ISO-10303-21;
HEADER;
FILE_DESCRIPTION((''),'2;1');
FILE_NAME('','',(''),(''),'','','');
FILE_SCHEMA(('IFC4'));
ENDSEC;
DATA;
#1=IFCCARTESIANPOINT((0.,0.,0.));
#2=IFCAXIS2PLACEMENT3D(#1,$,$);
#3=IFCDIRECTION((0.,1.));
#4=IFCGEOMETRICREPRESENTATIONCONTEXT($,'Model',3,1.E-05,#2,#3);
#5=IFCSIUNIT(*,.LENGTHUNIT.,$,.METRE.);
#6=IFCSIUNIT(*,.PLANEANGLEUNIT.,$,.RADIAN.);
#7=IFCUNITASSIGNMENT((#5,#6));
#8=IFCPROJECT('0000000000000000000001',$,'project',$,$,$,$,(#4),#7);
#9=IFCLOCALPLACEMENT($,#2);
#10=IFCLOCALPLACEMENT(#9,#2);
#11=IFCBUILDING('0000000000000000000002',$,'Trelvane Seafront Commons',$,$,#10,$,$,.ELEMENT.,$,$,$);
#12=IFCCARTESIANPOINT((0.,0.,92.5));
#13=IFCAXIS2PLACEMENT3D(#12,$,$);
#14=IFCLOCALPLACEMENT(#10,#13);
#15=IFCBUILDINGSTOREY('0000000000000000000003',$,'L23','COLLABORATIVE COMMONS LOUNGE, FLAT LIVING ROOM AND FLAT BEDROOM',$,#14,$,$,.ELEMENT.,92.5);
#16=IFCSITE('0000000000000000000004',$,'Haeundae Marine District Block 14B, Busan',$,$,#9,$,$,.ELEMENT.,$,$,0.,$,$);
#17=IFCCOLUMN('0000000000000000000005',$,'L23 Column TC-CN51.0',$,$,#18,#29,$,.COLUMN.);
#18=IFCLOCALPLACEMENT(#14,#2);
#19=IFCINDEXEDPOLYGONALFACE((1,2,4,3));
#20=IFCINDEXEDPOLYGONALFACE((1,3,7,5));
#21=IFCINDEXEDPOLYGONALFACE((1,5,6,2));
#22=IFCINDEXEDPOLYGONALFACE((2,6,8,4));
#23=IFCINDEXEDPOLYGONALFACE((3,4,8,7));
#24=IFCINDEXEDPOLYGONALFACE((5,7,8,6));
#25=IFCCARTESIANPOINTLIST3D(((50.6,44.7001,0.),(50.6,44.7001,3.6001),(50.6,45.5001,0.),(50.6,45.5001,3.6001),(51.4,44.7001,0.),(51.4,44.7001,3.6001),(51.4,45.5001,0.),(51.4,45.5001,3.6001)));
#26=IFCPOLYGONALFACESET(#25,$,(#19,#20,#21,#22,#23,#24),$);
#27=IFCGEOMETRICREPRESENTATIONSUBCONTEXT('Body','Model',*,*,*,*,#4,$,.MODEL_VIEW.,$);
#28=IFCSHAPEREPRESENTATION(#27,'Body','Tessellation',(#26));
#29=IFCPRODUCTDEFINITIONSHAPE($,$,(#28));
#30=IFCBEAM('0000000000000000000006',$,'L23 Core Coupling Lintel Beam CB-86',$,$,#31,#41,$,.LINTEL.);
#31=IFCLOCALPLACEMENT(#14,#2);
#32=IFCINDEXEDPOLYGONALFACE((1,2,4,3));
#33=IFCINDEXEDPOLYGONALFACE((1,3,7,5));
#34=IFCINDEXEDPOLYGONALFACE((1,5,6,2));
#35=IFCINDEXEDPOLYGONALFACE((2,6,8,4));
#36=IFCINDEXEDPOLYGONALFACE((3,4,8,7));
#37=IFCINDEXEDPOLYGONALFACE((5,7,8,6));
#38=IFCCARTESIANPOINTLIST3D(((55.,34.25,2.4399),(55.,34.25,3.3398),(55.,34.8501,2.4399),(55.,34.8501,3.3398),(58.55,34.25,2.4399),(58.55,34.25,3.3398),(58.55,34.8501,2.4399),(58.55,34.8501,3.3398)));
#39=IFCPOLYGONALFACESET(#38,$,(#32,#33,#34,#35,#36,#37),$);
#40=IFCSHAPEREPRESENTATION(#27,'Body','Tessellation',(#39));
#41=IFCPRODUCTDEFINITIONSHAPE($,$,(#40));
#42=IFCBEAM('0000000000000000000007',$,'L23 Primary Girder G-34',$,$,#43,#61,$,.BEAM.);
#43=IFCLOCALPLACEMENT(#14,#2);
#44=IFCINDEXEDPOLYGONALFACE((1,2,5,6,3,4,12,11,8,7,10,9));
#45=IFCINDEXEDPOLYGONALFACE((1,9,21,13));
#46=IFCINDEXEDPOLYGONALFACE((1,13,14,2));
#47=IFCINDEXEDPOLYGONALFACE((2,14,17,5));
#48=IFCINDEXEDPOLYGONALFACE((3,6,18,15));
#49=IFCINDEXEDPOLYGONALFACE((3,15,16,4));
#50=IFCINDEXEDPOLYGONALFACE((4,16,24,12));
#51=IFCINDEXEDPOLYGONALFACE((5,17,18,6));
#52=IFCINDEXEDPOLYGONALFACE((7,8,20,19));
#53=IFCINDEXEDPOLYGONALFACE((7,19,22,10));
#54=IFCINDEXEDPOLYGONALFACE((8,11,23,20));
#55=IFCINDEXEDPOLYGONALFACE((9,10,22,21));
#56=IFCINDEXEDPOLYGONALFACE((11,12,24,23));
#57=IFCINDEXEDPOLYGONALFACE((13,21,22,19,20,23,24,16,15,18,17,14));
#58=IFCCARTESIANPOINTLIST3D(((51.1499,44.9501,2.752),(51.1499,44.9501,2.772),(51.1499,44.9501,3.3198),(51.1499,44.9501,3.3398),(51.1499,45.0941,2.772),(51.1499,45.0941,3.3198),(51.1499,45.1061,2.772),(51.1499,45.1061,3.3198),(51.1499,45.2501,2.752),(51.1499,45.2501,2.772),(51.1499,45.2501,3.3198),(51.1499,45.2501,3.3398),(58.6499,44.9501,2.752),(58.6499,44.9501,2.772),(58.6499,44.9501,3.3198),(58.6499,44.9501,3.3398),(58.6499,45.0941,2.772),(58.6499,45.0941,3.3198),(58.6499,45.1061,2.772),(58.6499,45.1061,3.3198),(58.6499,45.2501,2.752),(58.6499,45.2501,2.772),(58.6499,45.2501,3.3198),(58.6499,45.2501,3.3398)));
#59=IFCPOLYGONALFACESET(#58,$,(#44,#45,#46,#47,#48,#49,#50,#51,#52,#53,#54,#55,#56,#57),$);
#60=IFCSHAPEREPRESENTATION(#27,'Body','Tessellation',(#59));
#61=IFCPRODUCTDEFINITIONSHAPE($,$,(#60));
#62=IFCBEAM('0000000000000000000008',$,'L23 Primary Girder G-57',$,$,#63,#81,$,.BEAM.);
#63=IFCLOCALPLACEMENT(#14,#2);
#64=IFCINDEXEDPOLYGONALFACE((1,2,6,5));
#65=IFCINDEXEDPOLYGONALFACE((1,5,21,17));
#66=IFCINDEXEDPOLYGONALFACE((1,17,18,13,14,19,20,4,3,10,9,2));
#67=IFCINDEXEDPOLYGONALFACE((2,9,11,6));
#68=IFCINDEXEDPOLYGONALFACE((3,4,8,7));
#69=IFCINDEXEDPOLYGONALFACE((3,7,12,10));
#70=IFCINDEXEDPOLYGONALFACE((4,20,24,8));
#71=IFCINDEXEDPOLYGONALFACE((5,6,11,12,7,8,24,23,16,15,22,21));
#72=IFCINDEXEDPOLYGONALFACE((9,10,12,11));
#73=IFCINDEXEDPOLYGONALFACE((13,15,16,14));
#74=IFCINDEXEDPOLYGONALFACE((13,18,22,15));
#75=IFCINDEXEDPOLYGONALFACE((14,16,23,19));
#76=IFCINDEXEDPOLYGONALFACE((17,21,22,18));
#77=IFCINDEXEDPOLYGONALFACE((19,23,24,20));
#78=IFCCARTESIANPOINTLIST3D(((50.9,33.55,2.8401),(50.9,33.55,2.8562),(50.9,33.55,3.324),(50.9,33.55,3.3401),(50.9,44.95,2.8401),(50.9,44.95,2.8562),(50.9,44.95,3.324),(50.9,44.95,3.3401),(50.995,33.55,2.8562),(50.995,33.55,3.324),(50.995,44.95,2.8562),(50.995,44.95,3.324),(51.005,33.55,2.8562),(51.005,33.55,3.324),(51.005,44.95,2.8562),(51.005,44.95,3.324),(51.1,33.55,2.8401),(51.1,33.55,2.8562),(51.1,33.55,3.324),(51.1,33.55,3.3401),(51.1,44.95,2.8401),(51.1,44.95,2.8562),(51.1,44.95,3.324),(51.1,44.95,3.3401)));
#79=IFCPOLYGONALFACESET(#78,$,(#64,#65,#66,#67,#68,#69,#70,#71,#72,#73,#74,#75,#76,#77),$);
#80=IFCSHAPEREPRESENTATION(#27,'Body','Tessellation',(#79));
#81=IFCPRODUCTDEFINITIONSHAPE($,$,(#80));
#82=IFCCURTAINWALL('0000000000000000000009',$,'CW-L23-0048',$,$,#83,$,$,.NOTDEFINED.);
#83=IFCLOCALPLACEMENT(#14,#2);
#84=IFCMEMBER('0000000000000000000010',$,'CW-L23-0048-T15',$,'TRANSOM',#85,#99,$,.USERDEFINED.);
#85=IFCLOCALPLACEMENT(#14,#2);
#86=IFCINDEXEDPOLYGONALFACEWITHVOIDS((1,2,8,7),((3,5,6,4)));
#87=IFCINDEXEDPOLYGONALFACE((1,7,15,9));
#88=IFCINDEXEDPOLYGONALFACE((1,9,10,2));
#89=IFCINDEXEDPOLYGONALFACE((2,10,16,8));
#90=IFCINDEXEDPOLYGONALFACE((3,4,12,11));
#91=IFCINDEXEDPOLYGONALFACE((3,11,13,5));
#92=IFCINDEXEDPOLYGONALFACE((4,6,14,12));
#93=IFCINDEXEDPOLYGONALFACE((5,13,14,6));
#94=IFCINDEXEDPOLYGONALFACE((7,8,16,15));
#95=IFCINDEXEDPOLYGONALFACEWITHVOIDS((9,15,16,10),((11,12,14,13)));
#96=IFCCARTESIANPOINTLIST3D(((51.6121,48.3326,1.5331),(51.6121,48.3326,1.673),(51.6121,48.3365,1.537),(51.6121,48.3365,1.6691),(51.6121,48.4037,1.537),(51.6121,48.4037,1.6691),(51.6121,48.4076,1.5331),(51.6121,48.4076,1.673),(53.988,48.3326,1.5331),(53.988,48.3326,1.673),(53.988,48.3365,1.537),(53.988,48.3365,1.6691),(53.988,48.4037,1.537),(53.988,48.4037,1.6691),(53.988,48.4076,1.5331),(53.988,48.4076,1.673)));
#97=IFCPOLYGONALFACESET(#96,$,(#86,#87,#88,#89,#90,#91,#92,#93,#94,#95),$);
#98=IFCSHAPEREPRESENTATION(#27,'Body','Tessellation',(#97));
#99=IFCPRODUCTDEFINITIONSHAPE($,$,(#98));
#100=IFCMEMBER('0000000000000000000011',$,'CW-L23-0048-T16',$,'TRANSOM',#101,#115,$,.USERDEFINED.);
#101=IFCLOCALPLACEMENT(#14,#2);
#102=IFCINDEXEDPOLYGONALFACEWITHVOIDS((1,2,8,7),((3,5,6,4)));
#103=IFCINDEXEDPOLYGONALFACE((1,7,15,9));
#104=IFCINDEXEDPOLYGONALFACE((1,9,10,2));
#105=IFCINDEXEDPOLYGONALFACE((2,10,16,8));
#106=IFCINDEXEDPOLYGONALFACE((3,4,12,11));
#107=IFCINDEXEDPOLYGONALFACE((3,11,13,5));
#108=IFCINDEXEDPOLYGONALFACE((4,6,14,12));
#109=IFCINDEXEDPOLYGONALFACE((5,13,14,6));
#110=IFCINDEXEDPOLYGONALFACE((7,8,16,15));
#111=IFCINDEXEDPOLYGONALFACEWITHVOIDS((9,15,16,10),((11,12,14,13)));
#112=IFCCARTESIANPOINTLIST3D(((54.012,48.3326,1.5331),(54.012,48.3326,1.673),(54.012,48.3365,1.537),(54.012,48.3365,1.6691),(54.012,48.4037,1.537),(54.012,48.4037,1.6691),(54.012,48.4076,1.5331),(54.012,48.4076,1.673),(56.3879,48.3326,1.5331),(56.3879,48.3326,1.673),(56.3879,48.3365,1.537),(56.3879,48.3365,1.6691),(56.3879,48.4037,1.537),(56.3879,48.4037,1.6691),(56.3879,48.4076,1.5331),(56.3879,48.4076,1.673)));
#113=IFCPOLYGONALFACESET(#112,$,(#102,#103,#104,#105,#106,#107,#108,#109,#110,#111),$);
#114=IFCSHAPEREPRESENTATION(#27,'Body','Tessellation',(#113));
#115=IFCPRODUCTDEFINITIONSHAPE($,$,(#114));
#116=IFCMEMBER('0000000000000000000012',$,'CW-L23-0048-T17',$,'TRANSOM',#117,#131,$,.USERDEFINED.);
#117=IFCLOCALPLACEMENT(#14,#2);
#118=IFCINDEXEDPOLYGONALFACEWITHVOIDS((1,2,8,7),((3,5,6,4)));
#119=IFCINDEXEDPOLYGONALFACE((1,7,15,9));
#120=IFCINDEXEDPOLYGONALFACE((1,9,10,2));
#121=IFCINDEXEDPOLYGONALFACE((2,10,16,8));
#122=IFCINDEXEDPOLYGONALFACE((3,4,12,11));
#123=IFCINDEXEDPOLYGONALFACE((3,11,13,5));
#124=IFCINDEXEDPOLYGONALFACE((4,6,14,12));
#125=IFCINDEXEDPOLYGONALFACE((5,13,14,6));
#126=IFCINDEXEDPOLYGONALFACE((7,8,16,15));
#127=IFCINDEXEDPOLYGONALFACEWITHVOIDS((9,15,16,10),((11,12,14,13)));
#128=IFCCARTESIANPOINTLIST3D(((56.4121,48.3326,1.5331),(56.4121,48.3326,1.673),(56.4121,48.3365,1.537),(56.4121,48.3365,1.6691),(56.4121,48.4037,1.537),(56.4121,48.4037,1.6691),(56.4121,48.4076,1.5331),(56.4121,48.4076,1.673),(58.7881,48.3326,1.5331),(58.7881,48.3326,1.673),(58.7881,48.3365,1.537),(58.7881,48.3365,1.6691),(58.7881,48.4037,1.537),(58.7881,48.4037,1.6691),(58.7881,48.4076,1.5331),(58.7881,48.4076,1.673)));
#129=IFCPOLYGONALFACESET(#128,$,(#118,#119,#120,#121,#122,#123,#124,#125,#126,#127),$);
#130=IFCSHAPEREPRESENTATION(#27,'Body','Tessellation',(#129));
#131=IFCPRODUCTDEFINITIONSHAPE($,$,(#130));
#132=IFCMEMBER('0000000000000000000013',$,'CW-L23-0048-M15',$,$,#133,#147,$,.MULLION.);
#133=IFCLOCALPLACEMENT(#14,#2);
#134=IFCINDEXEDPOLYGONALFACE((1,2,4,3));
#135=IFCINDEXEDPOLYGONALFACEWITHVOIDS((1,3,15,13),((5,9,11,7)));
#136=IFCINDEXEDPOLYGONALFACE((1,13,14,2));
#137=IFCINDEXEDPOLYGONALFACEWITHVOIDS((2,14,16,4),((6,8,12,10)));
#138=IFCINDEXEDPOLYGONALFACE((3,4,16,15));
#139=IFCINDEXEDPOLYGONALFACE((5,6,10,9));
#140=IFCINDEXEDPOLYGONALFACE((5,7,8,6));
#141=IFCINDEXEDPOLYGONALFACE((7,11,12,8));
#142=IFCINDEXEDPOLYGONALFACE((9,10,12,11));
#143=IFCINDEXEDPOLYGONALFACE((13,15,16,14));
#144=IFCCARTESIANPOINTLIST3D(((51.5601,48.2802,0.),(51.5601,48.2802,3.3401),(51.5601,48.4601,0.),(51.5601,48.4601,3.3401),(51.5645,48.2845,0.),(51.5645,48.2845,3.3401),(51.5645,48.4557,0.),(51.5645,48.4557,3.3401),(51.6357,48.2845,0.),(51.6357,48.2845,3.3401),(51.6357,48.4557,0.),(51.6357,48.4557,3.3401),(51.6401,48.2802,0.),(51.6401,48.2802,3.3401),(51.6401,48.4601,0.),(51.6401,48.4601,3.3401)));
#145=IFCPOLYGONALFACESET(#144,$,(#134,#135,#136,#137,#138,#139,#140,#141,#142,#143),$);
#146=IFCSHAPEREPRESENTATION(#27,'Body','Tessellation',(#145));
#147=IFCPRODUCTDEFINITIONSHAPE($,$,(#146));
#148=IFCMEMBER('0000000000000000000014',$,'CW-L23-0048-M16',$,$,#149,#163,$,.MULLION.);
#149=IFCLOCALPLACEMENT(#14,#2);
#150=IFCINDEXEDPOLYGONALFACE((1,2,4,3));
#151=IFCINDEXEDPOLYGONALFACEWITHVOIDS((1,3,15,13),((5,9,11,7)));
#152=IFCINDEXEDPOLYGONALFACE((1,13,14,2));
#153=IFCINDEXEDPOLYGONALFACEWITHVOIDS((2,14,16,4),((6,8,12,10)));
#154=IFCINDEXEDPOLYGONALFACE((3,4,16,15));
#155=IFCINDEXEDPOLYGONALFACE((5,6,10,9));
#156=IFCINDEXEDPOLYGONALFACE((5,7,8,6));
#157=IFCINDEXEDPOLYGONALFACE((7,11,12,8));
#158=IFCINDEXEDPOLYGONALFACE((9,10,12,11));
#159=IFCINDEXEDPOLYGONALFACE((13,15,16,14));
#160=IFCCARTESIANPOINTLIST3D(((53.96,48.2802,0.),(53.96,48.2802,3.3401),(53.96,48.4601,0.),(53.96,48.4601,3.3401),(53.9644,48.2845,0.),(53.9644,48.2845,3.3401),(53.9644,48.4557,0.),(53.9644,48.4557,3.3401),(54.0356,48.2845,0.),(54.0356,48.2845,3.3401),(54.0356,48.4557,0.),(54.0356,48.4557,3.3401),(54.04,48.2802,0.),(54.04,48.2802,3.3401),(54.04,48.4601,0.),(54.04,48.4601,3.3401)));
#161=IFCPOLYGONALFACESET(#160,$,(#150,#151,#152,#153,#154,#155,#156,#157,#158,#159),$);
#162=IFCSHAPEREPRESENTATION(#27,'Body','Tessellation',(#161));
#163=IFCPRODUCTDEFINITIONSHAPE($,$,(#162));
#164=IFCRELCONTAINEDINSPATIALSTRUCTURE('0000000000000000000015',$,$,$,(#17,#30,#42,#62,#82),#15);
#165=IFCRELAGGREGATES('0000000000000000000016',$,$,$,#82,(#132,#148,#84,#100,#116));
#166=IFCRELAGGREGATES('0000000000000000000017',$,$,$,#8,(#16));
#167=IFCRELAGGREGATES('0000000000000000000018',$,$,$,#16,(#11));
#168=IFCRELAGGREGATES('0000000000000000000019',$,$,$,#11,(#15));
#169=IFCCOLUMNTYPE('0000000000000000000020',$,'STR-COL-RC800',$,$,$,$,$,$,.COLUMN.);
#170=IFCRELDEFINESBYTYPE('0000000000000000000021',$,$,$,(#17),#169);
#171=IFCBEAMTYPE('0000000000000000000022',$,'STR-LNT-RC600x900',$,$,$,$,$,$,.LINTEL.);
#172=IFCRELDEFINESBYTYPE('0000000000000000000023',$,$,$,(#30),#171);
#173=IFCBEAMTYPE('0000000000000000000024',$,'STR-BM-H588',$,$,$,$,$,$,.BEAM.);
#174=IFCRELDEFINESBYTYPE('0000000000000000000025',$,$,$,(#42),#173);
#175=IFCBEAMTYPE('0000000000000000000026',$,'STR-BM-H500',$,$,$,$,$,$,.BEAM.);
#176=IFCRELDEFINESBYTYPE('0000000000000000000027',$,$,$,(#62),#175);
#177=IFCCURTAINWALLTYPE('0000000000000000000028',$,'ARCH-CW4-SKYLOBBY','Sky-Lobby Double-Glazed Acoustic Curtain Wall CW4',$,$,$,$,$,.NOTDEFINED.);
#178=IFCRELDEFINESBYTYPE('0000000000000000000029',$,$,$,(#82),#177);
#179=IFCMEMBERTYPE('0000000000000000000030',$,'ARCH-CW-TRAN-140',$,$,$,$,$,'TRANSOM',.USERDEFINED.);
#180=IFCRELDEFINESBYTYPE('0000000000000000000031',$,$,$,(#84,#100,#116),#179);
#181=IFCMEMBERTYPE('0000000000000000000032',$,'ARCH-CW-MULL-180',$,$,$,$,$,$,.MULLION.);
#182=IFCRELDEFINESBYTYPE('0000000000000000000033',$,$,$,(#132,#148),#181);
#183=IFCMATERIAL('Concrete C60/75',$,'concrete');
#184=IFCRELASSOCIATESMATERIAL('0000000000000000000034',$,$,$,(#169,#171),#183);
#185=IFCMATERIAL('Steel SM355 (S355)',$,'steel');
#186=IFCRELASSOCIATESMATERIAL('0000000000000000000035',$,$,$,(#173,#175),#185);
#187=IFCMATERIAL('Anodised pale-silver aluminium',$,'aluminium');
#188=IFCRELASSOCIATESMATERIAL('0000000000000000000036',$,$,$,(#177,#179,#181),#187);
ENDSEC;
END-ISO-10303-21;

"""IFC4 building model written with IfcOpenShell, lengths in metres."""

from ifc_helpers import new_model, si_unit, direction, frame, origin, origin_2d, place, context, subcontext, project, spatial, rectangle, hollow_rectangle, i_section, extrude, source, transform, mapped, material, material_profile, profile_set, type_object, element, aggregate, save


model = new_model("IFC4")

# Units and contexts
model_context = context("Model", 3, precision=1e-05, world=origin(), true_north=direction((0.0, 1.0)))
body_context = subcontext(model_context, "Body", "Model", "MODEL_VIEW")
ifc_project = project(units=[si_unit("LENGTHUNIT", "METRE"), si_unit("PLANEANGLEUNIT", "RADIAN")], contexts=[model_context])

# Site, building, storey
site_placement = place(None, origin())
site = spatial("IfcSite", under=ifc_project, at=site_placement, Name="Haeundae Marine District Block 14B, Busan", CompositionType="ELEMENT", RefElevation=0.0)
building_placement = place(site_placement, origin())
building = spatial("IfcBuilding", under=site, at=building_placement, Name="Trelvane Seafront Commons", CompositionType="ELEMENT")
storey_placement = place(building_placement, frame((0.0, 0.0, 92.5)))
storey = spatial("IfcBuildingStorey", under=building, at=storey_placement, Name="L23", Description="COLLABORATIVE COMMONS LOUNGE, FLAT LIVING ROOM AND FLAT BEDROOM", CompositionType="ELEMENT", Elevation=92.5)

# Column
ifc_material_1 = material(Name="Concrete C60/75", Category="concrete")
ifc_material_profile_1 = material_profile(ifc_material_1, rectangle(XDim=0.8, YDim=0.8, at=origin_2d()), Name="RC-800x800")
ifc_profile_set_1 = profile_set([ifc_material_profile_1], Name="Concrete C60/75")
column_type = type_object("IfcColumnType", Name="STR-COL-RC800", PredefinedType="COLUMN", material=ifc_profile_set_1)
shared_shape_1 = source(origin(), body_context, "Body", "SweptSolid", [
    extrude(rectangle(XDim=0.8, YDim=0.8, at=origin_2d()), origin(), (0.0, 0.0, 1.0), 3.6001),
])
column_placement = place(storey_placement, frame((51.0, 45.1001, 0.0), z_axis=(0.0, 0.0, 1.0), x_axis=(1.0, 0.0, 0.0)))
element("IfcColumn", 1, at=column_placement, inside=storey, type_object=column_type, Name="L23 Column TC-CN51.0", PredefinedType="COLUMN", context=body_context, shape_type="MappedRepresentation", body=[
    mapped(shared_shape_1, transform((0.0, 0.0, 0.0), x_axis=(1.0, 0.0, 0.0), y_axis=(0.0, 1.0, 0.0), z_axis=(0.0, 0.0, 1.0), scale=1.0)),
])

# Beams
ifc_material_profile_2 = material_profile(ifc_material_1, rectangle(XDim=0.6001, YDim=0.8999, at=origin_2d()), Name="RC-600x900")
ifc_profile_set_2 = profile_set([ifc_material_profile_2], Name="Concrete C60/75")
beam_type_1 = type_object("IfcBeamType", Name="STR-LNT-RC600x900", PredefinedType="LINTEL", material=ifc_profile_set_2)
shared_shape_2 = source(origin(), body_context, "Body", "SweptSolid", [
    extrude(rectangle(XDim=0.6001, YDim=0.8999, at=origin_2d()), origin(), (0.0, 0.0, 1.0), 3.55),
])
beam_1_placement = place(storey_placement, frame((55.0, 34.55, 2.8899), z_axis=(1.0, 0.0, 0.0), x_axis=(0.0, 1.0, 0.0)))
element("IfcBeam", 2, at=beam_1_placement, inside=storey, type_object=beam_type_1, Name="L23 Core Coupling Lintel Beam CB-86", PredefinedType="LINTEL", context=body_context, shape_type="MappedRepresentation", body=[
    mapped(shared_shape_2, transform((0.0, 0.0, 0.0), x_axis=(1.0, 0.0, 0.0), y_axis=(0.0, 1.0, 0.0), z_axis=(0.0, 0.0, 1.0), scale=1.0)),
])
ifc_material_2 = material(Name="Steel SM355 (S355)", Category="steel")
ifc_material_profile_3 = material_profile(ifc_material_2, i_section(OverallWidth=0.3, OverallDepth=0.5879, WebThickness=0.012, FlangeThickness=0.02, at=origin_2d()), Name="H-588x300x12x20")
ifc_profile_set_3 = profile_set([ifc_material_profile_3], Name="Steel SM355 (S355)")
beam_type_2 = type_object("IfcBeamType", Name="STR-BM-H588", PredefinedType="BEAM", material=ifc_profile_set_3)
shared_shape_3 = source(origin(), body_context, "Body", "SweptSolid", [
    extrude(i_section(OverallWidth=0.3, OverallDepth=0.5879, WebThickness=0.012, FlangeThickness=0.02, at=origin_2d()), origin(), (0.0, 0.0, 1.0), 7.5),
])
beam_2_placement = place(storey_placement, frame((51.1499, 45.1001, 3.0459), z_axis=(1.0, 0.0, 0.0), x_axis=(0.0, 1.0, 0.0)))
element("IfcBeam", 3, at=beam_2_placement, inside=storey, type_object=beam_type_2, Name="L23 Primary Girder G-34", PredefinedType="BEAM", context=body_context, shape_type="MappedRepresentation", body=[
    mapped(shared_shape_3, transform((0.0, 0.0, 0.0), x_axis=(1.0, 0.0, 0.0), y_axis=(0.0, 1.0, 0.0), z_axis=(0.0, 0.0, 1.0), scale=1.0)),
])
ifc_material_profile_4 = material_profile(ifc_material_2, i_section(OverallWidth=0.2, OverallDepth=0.5, WebThickness=0.01, FlangeThickness=0.0161, at=origin_2d()), Name="H-500x200x10x16")
ifc_profile_set_4 = profile_set([ifc_material_profile_4], Name="Steel SM355 (S355)")
beam_type_3 = type_object("IfcBeamType", Name="STR-BM-H500", PredefinedType="BEAM", material=ifc_profile_set_4)
shared_shape_4 = source(origin(), body_context, "Body", "SweptSolid", [
    extrude(i_section(OverallWidth=0.2, OverallDepth=0.5, WebThickness=0.01, FlangeThickness=0.0161, at=origin_2d()), origin(), (0.0, 0.0, 1.0), 11.3999),
])
beam_3_placement = place(storey_placement, frame((51.0, 33.55, 3.0901), z_axis=(0.0, 1.0, 0.0), x_axis=(-1.0, 0.0, 0.0)))
element("IfcBeam", 4, at=beam_3_placement, inside=storey, type_object=beam_type_3, Name="L23 Primary Girder G-57", PredefinedType="BEAM", context=body_context, shape_type="MappedRepresentation", body=[
    mapped(shared_shape_4, transform((0.0, 0.0, 0.0), x_axis=(1.0, 0.0, 0.0), y_axis=(0.0, 1.0, 0.0), z_axis=(0.0, 0.0, 1.0), scale=1.0)),
])

# Curtain wall, members
ifc_material_3 = material(Name="Anodised pale-silver aluminium", Category="aluminium")
curtain_wall_type = type_object("IfcCurtainWallType", Name="ARCH-CW4-SKYLOBBY", Description="Sky-Lobby Double-Glazed Acoustic Curtain Wall CW4", PredefinedType="NOTDEFINED", material=ifc_material_3)
curtain_wall_placement = place(storey_placement, origin())
curtain_wall = element("IfcCurtainWall", 5, at=curtain_wall_placement, inside=storey, type_object=curtain_wall_type, Name="CW-L23-0048", PredefinedType="NOTDEFINED")
ifc_material_profile_5 = material_profile(ifc_material_3, hollow_rectangle(XDim=0.075, YDim=0.1399, WallThickness=0.0039, at=origin_2d()), Name="TRAN-75x140x4")
ifc_profile_set_5 = profile_set([ifc_material_profile_5], Name="Anodised pale-silver aluminium")
member_type_1 = type_object("IfcMemberType", Name="ARCH-CW-TRAN-140", ElementType="TRANSOM", PredefinedType="USERDEFINED", material=ifc_profile_set_5)
shared_shape_5 = source(origin(), body_context, "Body", "SweptSolid", [
    extrude(hollow_rectangle(XDim=0.075, YDim=0.1399, WallThickness=0.0039, at=origin_2d()), origin(), (0.0, 0.0, 1.0), 2.376),
])
member_1_placement = place(storey_placement, frame((51.6121, 48.3701, 1.603), z_axis=(1.0, 0.0, 0.0), x_axis=(0.0, 1.0, 0.0)))
member_1 = element("IfcMember", 6, at=member_1_placement, type_object=member_type_1, Name="CW-L23-0048-T15", ObjectType="TRANSOM", PredefinedType="USERDEFINED", context=body_context, shape_type="MappedRepresentation", body=[
    mapped(shared_shape_5, transform((0.0, 0.0, 0.0), x_axis=(1.0, 0.0, 0.0), y_axis=(0.0, 1.0, 0.0), z_axis=(0.0, 0.0, 1.0), scale=1.0)),
])
member_2_placement = place(storey_placement, frame((54.012, 48.3701, 1.603), z_axis=(1.0, 0.0, 0.0), x_axis=(0.0, 1.0, 0.0)))
member_2 = element("IfcMember", 7, at=member_2_placement, type_object=member_type_1, Name="CW-L23-0048-T16", ObjectType="TRANSOM", PredefinedType="USERDEFINED", context=body_context, shape_type="MappedRepresentation", body=[
    mapped(shared_shape_5, transform((0.0, 0.0, 0.0), x_axis=(1.0, 0.0, 0.0), y_axis=(0.0, 1.0, 0.0), z_axis=(0.0, 0.0, 1.0), scale=1.0)),
])
member_3_placement = place(storey_placement, frame((56.4121, 48.3701, 1.603), z_axis=(1.0, 0.0, 0.0), x_axis=(0.0, 1.0, 0.0)))
member_3 = element("IfcMember", 8, at=member_3_placement, type_object=member_type_1, Name="CW-L23-0048-T17", ObjectType="TRANSOM", PredefinedType="USERDEFINED", context=body_context, shape_type="MappedRepresentation", body=[
    mapped(shared_shape_5, transform((0.0, 0.0, 0.0), x_axis=(1.0, 0.0, 0.0), y_axis=(0.0, 1.0, 0.0), z_axis=(0.0, 0.0, 1.0), scale=1.0)),
])
ifc_material_profile_6 = material_profile(ifc_material_3, hollow_rectangle(XDim=0.0801, YDim=0.1799, WallThickness=0.0044, at=origin_2d()), Name="MULL-80x180x4.5")
ifc_profile_set_6 = profile_set([ifc_material_profile_6], Name="Anodised pale-silver aluminium")
member_type_2 = type_object("IfcMemberType", Name="ARCH-CW-MULL-180", PredefinedType="MULLION", material=ifc_profile_set_6)
shared_shape_6 = source(origin(), body_context, "Body", "SweptSolid", [
    extrude(hollow_rectangle(XDim=0.0801, YDim=0.1799, WallThickness=0.0044, at=origin_2d()), origin(), (0.0, 0.0, 1.0), 3.3401),
])
member_4_placement = place(storey_placement, frame((51.6001, 48.3701, 0.0), z_axis=(0.0, 0.0, 1.0), x_axis=(1.0, 0.0, 0.0)))
member_4 = element("IfcMember", 9, at=member_4_placement, type_object=member_type_2, Name="CW-L23-0048-M15", PredefinedType="MULLION", context=body_context, shape_type="MappedRepresentation", body=[
    mapped(shared_shape_6, transform((0.0, 0.0, 0.0), x_axis=(1.0, 0.0, 0.0), y_axis=(0.0, 1.0, 0.0), z_axis=(0.0, 0.0, 1.0), scale=1.0)),
])
member_5_placement = place(storey_placement, frame((54.0, 48.3701, 0.0), z_axis=(0.0, 0.0, 1.0), x_axis=(1.0, 0.0, 0.0)))
member_5 = element("IfcMember", 10, at=member_5_placement, type_object=member_type_2, Name="CW-L23-0048-M16", PredefinedType="MULLION", context=body_context, shape_type="MappedRepresentation", body=[
    mapped(shared_shape_6, transform((0.0, 0.0, 0.0), x_axis=(1.0, 0.0, 0.0), y_axis=(0.0, 1.0, 0.0), z_axis=(0.0, 0.0, 1.0), scale=1.0)),
])

aggregate(curtain_wall, [member_4, member_5, member_1, member_2, member_3])

save(model, "model.ifc")
